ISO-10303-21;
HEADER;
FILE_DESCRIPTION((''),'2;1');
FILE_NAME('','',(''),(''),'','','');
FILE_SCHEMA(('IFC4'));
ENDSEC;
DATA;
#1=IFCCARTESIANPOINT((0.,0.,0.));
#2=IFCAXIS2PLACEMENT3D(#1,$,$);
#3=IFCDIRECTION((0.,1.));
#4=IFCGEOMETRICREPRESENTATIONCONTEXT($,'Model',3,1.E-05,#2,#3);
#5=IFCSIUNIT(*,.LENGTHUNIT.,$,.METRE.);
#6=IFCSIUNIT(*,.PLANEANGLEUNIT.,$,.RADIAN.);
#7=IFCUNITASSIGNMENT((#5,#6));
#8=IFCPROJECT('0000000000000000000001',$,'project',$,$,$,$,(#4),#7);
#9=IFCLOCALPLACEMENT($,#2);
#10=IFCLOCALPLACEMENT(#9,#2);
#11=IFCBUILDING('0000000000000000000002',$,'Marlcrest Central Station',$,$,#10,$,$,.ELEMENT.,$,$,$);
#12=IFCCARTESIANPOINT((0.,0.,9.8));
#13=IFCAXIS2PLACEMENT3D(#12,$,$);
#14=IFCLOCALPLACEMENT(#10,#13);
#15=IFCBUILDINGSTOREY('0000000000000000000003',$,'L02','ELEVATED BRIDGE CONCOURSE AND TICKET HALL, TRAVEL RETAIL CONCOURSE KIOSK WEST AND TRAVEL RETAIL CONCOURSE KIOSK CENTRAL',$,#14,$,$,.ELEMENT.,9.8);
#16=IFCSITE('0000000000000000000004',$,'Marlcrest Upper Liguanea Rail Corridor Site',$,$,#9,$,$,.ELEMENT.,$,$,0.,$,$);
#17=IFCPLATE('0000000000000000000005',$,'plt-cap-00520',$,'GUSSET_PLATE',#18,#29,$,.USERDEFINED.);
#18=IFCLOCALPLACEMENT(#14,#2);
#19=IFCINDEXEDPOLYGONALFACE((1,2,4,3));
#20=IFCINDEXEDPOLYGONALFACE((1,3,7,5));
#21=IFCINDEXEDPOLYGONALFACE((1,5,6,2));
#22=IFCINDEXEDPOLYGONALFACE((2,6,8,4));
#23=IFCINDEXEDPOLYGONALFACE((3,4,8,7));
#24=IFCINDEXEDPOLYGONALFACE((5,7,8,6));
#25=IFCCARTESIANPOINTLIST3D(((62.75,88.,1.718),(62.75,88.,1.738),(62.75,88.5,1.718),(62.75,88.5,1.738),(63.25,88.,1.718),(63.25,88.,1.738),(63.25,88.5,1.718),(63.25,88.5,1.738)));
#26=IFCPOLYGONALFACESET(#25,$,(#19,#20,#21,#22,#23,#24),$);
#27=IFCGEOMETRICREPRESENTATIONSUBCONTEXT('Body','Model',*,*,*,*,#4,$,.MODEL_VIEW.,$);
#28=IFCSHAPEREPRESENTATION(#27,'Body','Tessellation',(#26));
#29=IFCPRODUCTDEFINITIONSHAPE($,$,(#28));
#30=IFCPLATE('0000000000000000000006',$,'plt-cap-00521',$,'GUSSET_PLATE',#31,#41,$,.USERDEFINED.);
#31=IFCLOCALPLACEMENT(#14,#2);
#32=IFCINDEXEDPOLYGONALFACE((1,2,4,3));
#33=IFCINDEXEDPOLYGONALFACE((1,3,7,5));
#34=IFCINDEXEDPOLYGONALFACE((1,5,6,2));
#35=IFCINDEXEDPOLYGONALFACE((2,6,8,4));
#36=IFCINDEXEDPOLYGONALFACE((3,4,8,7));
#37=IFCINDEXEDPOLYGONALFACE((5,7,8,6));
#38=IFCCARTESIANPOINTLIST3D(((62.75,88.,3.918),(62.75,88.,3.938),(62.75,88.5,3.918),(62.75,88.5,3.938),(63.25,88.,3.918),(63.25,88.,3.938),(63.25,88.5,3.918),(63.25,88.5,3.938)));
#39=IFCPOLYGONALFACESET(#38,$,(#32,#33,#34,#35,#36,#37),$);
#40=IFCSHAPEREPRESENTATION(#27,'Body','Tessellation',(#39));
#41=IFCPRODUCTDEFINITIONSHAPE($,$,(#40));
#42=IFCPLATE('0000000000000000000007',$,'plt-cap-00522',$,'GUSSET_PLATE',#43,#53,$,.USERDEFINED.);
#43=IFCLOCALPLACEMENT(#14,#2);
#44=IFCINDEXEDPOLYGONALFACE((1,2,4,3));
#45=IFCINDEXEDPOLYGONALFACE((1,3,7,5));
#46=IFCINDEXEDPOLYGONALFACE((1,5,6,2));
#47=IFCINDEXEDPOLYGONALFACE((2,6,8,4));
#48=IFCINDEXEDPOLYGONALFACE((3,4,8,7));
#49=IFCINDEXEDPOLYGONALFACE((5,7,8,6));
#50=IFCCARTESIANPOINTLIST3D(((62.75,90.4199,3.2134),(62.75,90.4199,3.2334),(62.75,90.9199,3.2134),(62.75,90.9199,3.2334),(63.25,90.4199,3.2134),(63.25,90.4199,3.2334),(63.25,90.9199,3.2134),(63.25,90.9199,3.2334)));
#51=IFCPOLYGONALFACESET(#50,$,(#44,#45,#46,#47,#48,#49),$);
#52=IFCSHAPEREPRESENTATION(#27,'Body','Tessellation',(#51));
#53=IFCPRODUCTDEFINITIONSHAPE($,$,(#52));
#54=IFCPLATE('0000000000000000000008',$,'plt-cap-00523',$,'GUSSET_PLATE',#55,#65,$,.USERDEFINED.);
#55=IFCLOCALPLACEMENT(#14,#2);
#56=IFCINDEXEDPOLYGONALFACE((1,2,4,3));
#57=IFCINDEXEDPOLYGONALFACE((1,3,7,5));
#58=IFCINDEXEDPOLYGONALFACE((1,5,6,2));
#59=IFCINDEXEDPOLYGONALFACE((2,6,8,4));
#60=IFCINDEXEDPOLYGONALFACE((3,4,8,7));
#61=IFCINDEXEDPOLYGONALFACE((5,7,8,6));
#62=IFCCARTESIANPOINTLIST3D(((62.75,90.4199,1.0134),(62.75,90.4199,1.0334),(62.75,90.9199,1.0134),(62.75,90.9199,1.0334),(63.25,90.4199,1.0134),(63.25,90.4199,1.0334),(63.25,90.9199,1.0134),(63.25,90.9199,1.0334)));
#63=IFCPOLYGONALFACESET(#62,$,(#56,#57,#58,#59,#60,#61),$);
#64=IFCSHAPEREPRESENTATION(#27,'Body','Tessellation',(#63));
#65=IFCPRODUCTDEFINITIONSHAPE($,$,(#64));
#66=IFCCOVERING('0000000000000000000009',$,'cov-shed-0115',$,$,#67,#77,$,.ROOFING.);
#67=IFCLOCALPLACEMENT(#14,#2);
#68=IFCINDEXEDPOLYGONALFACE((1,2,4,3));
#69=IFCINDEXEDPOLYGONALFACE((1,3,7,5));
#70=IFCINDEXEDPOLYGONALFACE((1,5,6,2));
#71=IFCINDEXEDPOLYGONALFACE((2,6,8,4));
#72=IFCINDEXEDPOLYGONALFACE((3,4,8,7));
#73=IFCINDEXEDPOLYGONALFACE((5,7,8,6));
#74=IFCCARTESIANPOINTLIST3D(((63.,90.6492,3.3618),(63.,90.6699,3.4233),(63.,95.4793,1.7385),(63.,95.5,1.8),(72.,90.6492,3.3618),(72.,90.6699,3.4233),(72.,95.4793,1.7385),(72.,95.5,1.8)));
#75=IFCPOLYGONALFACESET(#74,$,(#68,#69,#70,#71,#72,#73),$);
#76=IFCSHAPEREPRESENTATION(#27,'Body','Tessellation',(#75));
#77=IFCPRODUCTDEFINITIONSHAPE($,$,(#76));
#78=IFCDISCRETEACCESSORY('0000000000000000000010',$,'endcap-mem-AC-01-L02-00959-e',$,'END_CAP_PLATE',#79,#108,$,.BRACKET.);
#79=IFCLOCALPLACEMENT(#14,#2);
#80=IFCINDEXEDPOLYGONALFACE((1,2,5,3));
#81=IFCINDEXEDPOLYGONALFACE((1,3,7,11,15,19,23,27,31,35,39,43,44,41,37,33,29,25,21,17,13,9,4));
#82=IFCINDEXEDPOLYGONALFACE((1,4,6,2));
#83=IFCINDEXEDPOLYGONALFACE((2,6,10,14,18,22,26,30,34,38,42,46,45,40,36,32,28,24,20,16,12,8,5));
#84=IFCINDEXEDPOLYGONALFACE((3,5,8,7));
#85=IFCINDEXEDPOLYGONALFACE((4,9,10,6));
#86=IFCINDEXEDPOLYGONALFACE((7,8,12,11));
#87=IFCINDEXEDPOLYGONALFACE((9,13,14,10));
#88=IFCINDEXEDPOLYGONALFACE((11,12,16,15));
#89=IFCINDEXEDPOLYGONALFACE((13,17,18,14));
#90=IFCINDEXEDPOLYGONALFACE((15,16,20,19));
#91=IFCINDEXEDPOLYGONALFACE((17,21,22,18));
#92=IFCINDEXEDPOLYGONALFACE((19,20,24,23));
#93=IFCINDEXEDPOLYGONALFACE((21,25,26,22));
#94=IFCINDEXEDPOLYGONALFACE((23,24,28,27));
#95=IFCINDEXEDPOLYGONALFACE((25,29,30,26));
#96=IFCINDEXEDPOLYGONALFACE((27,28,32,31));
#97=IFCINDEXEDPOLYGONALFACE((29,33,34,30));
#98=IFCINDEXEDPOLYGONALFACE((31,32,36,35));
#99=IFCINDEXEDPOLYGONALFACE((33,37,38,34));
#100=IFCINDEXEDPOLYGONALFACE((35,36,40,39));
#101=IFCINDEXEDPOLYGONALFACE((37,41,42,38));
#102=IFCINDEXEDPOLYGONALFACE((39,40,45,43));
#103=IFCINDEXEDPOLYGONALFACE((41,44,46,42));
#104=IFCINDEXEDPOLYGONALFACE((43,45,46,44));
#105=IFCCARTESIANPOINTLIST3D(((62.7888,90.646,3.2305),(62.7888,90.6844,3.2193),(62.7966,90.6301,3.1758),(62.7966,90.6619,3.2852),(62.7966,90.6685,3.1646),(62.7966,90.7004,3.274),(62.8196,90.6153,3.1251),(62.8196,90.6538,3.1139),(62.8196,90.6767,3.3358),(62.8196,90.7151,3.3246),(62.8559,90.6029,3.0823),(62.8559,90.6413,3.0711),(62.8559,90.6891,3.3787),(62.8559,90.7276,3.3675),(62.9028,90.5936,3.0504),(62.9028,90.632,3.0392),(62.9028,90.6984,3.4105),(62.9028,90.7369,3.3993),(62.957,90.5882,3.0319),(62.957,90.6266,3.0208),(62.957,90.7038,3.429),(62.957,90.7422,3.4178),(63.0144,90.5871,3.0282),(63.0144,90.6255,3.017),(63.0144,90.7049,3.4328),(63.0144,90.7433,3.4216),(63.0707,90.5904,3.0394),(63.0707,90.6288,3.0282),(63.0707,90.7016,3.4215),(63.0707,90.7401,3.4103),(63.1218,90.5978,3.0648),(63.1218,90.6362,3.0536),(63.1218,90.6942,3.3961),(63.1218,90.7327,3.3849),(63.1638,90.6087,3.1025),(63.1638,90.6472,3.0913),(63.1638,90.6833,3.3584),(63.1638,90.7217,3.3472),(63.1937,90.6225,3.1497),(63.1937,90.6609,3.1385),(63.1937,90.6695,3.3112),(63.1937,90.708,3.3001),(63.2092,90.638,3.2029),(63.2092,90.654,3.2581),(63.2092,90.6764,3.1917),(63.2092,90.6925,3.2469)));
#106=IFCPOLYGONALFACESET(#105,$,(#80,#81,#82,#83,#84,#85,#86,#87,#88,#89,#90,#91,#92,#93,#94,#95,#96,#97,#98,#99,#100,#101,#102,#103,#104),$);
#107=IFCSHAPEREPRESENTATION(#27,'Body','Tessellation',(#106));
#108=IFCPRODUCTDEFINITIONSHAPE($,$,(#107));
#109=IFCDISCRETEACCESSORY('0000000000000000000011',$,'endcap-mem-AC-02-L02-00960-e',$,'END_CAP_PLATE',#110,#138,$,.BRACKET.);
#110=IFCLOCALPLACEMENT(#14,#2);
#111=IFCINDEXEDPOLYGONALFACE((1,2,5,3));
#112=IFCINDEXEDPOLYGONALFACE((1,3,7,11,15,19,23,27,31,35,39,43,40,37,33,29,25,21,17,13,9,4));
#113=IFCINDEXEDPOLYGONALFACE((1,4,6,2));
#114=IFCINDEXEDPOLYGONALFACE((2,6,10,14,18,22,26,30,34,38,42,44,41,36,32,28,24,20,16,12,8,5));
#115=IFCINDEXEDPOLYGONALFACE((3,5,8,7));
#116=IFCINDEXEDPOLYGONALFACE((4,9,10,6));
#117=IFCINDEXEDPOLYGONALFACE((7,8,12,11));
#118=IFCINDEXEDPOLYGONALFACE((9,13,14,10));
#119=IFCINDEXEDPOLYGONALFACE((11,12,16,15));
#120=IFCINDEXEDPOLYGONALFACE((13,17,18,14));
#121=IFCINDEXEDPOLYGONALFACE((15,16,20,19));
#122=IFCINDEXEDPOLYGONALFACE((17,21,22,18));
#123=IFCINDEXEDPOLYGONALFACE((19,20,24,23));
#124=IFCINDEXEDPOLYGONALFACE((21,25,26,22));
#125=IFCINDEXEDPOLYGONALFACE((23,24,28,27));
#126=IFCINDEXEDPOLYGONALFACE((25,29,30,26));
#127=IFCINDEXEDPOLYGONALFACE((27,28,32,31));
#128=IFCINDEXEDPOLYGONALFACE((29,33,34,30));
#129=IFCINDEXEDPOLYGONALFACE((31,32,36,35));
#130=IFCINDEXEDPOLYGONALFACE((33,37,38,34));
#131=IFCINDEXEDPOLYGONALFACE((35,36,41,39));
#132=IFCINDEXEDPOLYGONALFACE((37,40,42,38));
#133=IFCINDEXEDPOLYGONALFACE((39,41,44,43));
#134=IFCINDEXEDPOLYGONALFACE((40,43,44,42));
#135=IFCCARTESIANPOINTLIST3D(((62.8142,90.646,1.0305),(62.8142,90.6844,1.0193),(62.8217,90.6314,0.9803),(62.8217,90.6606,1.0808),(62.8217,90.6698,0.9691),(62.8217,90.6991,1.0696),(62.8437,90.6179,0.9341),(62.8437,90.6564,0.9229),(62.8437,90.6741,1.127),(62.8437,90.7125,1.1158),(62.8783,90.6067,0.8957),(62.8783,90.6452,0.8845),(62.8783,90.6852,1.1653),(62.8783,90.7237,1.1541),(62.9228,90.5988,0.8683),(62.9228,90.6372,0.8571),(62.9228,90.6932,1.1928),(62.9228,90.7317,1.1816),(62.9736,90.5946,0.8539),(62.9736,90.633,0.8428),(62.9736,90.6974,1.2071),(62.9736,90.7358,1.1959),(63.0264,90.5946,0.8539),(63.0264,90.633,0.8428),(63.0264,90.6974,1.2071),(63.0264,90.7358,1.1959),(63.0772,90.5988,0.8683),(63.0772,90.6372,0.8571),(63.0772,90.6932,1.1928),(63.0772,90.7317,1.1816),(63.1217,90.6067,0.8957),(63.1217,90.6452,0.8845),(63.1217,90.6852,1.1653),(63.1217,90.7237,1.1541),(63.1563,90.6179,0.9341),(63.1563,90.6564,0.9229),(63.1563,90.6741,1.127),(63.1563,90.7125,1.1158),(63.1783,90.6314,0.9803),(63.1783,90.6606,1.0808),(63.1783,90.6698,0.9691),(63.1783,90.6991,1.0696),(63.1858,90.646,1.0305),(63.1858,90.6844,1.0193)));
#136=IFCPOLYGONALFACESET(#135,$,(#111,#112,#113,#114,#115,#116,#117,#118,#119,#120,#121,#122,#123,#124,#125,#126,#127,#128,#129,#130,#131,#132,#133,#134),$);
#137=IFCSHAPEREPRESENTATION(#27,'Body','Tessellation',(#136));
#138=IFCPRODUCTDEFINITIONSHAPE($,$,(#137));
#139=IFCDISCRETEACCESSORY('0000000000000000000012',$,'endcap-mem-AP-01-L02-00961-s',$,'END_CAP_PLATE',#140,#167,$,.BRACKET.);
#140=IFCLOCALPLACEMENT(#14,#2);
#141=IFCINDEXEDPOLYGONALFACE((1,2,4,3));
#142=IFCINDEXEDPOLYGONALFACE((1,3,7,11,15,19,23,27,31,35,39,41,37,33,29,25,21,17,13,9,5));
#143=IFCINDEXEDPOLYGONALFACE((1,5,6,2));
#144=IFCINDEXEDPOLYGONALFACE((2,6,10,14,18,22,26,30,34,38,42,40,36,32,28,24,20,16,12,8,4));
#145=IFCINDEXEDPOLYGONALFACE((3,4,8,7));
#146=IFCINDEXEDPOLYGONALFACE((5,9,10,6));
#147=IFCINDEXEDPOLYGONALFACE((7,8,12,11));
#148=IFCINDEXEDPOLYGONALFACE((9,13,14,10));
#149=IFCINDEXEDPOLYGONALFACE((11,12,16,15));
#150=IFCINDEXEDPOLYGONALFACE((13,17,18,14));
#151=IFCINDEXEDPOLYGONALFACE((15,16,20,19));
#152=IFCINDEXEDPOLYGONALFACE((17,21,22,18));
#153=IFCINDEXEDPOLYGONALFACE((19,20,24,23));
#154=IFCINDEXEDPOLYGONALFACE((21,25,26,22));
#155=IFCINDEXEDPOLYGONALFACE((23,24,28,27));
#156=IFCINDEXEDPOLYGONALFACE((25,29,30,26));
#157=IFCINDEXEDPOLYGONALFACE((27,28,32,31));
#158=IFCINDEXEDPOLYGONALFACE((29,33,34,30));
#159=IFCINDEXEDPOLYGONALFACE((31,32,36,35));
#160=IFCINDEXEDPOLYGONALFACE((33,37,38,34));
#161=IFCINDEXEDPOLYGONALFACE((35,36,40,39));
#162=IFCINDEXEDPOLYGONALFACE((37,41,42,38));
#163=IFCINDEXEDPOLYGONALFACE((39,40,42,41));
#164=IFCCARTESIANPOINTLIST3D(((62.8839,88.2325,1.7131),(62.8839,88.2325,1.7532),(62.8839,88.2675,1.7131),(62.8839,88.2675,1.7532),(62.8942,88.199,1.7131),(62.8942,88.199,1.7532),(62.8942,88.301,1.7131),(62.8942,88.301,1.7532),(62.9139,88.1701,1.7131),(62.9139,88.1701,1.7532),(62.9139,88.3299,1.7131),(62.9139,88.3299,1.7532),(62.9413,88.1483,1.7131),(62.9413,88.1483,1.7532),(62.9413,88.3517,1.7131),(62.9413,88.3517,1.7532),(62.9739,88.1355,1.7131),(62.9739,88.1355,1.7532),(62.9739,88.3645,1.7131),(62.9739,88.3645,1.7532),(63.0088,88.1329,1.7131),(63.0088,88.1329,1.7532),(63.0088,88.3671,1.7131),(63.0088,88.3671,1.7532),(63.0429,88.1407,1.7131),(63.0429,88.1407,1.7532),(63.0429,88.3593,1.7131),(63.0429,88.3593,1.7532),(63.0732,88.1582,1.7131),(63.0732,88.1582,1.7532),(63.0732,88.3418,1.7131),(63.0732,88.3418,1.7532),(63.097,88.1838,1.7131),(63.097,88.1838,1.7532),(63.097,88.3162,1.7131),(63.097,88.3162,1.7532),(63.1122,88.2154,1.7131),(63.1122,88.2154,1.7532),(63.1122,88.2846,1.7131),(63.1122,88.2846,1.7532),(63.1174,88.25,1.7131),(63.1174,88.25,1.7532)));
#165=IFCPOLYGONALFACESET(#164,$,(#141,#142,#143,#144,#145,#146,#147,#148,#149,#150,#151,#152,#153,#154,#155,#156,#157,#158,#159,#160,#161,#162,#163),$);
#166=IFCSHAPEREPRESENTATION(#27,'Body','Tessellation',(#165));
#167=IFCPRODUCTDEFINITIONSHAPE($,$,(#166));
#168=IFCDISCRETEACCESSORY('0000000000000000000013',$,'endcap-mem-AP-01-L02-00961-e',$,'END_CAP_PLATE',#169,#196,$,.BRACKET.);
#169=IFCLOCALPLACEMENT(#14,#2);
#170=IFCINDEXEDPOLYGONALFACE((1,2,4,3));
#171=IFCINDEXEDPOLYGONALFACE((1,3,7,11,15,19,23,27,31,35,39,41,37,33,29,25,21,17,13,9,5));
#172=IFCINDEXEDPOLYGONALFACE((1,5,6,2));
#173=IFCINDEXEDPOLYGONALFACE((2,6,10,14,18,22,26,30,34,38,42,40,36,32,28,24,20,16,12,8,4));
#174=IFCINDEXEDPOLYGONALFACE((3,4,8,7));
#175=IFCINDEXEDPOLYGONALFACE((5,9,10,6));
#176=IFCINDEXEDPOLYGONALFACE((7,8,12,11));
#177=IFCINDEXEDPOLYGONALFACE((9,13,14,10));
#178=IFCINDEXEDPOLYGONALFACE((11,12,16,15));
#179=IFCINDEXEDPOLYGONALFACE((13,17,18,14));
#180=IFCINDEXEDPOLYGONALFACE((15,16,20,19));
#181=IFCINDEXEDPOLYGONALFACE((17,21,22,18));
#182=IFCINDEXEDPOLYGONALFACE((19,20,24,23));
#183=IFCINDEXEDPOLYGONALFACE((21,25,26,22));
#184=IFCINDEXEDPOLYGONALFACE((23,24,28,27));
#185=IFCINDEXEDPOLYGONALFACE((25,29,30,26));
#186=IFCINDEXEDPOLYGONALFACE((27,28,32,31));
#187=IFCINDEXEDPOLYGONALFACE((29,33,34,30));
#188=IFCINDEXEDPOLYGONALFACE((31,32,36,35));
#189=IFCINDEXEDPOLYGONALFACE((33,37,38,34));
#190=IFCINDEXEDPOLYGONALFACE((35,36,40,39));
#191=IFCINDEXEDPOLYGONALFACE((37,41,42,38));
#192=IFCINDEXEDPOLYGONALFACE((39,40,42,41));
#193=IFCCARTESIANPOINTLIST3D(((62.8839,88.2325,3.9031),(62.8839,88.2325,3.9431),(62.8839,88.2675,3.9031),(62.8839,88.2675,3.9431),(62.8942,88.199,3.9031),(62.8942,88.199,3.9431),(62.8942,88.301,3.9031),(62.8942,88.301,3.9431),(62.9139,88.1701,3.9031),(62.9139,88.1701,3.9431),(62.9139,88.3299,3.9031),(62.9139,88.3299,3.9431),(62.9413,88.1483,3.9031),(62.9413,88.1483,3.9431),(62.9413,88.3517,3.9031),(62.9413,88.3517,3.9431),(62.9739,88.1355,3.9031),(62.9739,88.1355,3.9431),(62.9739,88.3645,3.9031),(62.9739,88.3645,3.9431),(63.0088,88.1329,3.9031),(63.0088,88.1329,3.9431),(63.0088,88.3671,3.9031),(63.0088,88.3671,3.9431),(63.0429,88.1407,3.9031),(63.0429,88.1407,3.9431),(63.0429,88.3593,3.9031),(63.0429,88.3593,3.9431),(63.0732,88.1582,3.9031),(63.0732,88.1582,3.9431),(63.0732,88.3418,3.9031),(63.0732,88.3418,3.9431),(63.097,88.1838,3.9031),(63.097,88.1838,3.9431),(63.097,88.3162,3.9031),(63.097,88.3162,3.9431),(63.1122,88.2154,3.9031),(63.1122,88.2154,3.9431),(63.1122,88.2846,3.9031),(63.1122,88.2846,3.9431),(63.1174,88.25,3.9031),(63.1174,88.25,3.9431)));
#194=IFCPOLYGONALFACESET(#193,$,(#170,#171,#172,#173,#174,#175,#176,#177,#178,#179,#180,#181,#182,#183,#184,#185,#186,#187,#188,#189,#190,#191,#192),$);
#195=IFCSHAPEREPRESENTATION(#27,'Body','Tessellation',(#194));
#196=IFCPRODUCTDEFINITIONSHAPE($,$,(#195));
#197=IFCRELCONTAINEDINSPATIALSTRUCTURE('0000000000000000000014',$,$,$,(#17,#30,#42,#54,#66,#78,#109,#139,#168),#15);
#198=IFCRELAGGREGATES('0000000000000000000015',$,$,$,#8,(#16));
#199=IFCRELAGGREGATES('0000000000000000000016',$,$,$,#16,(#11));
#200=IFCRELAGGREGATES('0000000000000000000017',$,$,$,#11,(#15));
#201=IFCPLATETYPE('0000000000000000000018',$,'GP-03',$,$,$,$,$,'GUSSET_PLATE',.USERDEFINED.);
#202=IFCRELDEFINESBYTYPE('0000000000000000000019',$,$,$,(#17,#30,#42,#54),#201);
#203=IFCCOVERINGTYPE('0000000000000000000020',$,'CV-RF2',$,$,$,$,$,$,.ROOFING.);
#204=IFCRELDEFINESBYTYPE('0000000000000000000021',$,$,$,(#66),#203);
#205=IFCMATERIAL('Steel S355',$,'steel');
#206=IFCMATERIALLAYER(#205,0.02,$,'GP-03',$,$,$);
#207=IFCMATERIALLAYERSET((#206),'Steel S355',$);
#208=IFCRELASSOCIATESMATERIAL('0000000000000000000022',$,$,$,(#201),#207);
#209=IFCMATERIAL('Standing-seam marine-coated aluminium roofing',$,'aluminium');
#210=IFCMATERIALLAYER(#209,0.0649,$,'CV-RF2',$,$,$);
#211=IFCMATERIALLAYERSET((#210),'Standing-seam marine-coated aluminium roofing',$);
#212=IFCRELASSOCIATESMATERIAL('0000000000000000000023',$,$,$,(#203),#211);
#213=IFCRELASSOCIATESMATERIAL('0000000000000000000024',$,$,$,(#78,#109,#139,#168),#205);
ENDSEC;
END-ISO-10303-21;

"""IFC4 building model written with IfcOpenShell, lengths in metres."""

from ifc_helpers import new_model, si_unit, direction, frame, origin, origin_2d, place, context, subcontext, project, spatial, polyline, rectangle, circle, outline, extrude, material, layer, layer_set, type_object, element, save


model = new_model("IFC4")

# Units and contexts
model_context = context("Model", 3, precision=1e-05, world=origin(), true_north=direction((0.0, 1.0)))
body_context = subcontext(model_context, "Body", "Model", "MODEL_VIEW")
ifc_project = project(units=[si_unit("LENGTHUNIT", "METRE"), si_unit("PLANEANGLEUNIT", "RADIAN")], contexts=[model_context])

# Site, building, storey
site_placement = place(None, origin())
site = spatial("IfcSite", under=ifc_project, at=site_placement, Name="Marlcrest Upper Liguanea Rail Corridor Site", CompositionType="ELEMENT", RefElevation=0.0)
building_placement = place(site_placement, origin())
building = spatial("IfcBuilding", under=site, at=building_placement, Name="Marlcrest Central Station", CompositionType="ELEMENT")
storey_placement = place(building_placement, frame((0.0, 0.0, 9.8)))
storey = spatial("IfcBuildingStorey", under=building, at=storey_placement, Name="L02", Description="ELEVATED BRIDGE CONCOURSE AND TICKET HALL, TRAVEL RETAIL CONCOURSE KIOSK WEST AND TRAVEL RETAIL CONCOURSE KIOSK CENTRAL", CompositionType="ELEMENT", Elevation=9.8)

# Shared definitions
ifc_material_1 = material(Name="Steel S355", Category="steel")

# Plates
ifc_layer_1 = layer(ifc_material_1, 0.02, Name="GP-03")
ifc_layer_set_1 = layer_set([ifc_layer_1], Name="Steel S355")
plate_type = type_object("IfcPlateType", Name="GP-03", ElementType="GUSSET_PLATE", PredefinedType="USERDEFINED", material=ifc_layer_set_1)
for number, where, z_axis, x_axis, name in (
    (1, (63.0, 88.25, 1.718), (0.0, 0.0, 1.0), (1.0, 0.0, 0.0), "plt-cap-00520"),
    (2, (63.0, 88.25, 3.918), (0.0, 0.0, 1.0), (1.0, 0.0, 0.0), "plt-cap-00521"),
    (3, (63.0, 90.6699, 3.2134), (0.0, 0.0, 1.0), (1.0, 0.0, 0.0), "plt-cap-00522"),
    (4, (63.0, 90.6699, 1.0134), (0.0, 0.0, 1.0), (1.0, 0.0, 0.0), "plt-cap-00523"),
):
    element("IfcPlate", number, at=place(storey_placement, frame(where, z_axis=z_axis, x_axis=x_axis)), inside=storey, type_object=plate_type, Name=name, ObjectType="GUSSET_PLATE", PredefinedType="USERDEFINED", context=body_context, shape_type="SweptSolid", body=[
        extrude(rectangle(XDim=0.5, YDim=0.5, at=origin_2d()), origin(), (0.0, 0.0, 1.0), 0.02),
    ])

# Covering
ifc_material_2 = material(Name="Standing-seam marine-coated aluminium roofing", Category="aluminium")
ifc_layer_2 = layer(ifc_material_2, 0.0649, Name="CV-RF2")
ifc_layer_set_2 = layer_set([ifc_layer_2], Name="Standing-seam marine-coated aluminium roofing")
covering_type = type_object("IfcCoveringType", Name="CV-RF2", PredefinedType="ROOFING", material=ifc_layer_set_2)
covering_placement = place(storey_placement, frame((63.0, 90.6699, 3.4233), z_axis=(0.0, 0.31857, 0.947899), x_axis=(1.0, 0.0, 0.0)))
element("IfcCovering", 5, at=covering_placement, inside=storey, type_object=covering_type, Name="cov-shed-0115", PredefinedType="ROOFING", context=body_context, shape_type="SweptSolid", body=[
    extrude(outline(polyline([(0.0, 0.0), (9.0, 0.0), (9.0, 5.0956), (0.0, 5.0956), (0.0, 0.0)])), origin(), (0.0, 0.0, -1.0), 0.0649),
])

# Discrete accessories
discrete_accessory_1_placement = place(storey_placement, frame((63.0, 90.646, 3.2305), z_axis=(0.0, 0.96013, -0.279554), x_axis=(-1.0, 0.0, 0.0)))
element("IfcDiscreteAccessory", 6, at=discrete_accessory_1_placement, inside=storey, material=ifc_material_1, Name="endcap-mem-AC-01-L02-00959-e", ObjectType="END_CAP_PLATE", PredefinedType="BRACKET", context=body_context, shape_type="SweptSolid", body=[
    extrude(circle(Radius=0.2112, at=origin_2d()), origin(), (0.0, 0.0, 1.0), 0.04),
])
discrete_accessory_2_placement = place(storey_placement, frame((63.0, 90.646, 1.0305), z_axis=(0.0, 0.96013, -0.279554), x_axis=(-1.0, 0.0, 0.0)))
element("IfcDiscreteAccessory", 7, at=discrete_accessory_2_placement, inside=storey, material=ifc_material_1, Name="endcap-mem-AC-02-L02-00960-e", ObjectType="END_CAP_PLATE", PredefinedType="BRACKET", context=body_context, shape_type="SweptSolid", body=[
    extrude(circle(Radius=0.1858, at=origin_2d()), origin(), (0.0, 0.0, 1.0), 0.04),
])
for number, where, z_axis, x_axis, name in (
    (8, (63.0, 88.25, 1.7131), (0.0, 0.0, 1.0), (1.0, 0.0, 0.0), "endcap-mem-AP-01-L02-00961-s"),
    (9, (63.0, 88.25, 3.9031), (0.0, 0.0, 1.0), (1.0, 0.0, 0.0), "endcap-mem-AP-01-L02-00961-e"),
):
    element("IfcDiscreteAccessory", number, at=place(storey_placement, frame(where, z_axis=z_axis, x_axis=x_axis)), inside=storey, material=ifc_material_1, Name=name, ObjectType="END_CAP_PLATE", PredefinedType="BRACKET", context=body_context, shape_type="SweptSolid", body=[
        extrude(circle(Radius=0.1174, at=origin_2d()), origin(), (0.0, 0.0, 1.0), 0.04),
    ])

save(model, "model.ifc")
